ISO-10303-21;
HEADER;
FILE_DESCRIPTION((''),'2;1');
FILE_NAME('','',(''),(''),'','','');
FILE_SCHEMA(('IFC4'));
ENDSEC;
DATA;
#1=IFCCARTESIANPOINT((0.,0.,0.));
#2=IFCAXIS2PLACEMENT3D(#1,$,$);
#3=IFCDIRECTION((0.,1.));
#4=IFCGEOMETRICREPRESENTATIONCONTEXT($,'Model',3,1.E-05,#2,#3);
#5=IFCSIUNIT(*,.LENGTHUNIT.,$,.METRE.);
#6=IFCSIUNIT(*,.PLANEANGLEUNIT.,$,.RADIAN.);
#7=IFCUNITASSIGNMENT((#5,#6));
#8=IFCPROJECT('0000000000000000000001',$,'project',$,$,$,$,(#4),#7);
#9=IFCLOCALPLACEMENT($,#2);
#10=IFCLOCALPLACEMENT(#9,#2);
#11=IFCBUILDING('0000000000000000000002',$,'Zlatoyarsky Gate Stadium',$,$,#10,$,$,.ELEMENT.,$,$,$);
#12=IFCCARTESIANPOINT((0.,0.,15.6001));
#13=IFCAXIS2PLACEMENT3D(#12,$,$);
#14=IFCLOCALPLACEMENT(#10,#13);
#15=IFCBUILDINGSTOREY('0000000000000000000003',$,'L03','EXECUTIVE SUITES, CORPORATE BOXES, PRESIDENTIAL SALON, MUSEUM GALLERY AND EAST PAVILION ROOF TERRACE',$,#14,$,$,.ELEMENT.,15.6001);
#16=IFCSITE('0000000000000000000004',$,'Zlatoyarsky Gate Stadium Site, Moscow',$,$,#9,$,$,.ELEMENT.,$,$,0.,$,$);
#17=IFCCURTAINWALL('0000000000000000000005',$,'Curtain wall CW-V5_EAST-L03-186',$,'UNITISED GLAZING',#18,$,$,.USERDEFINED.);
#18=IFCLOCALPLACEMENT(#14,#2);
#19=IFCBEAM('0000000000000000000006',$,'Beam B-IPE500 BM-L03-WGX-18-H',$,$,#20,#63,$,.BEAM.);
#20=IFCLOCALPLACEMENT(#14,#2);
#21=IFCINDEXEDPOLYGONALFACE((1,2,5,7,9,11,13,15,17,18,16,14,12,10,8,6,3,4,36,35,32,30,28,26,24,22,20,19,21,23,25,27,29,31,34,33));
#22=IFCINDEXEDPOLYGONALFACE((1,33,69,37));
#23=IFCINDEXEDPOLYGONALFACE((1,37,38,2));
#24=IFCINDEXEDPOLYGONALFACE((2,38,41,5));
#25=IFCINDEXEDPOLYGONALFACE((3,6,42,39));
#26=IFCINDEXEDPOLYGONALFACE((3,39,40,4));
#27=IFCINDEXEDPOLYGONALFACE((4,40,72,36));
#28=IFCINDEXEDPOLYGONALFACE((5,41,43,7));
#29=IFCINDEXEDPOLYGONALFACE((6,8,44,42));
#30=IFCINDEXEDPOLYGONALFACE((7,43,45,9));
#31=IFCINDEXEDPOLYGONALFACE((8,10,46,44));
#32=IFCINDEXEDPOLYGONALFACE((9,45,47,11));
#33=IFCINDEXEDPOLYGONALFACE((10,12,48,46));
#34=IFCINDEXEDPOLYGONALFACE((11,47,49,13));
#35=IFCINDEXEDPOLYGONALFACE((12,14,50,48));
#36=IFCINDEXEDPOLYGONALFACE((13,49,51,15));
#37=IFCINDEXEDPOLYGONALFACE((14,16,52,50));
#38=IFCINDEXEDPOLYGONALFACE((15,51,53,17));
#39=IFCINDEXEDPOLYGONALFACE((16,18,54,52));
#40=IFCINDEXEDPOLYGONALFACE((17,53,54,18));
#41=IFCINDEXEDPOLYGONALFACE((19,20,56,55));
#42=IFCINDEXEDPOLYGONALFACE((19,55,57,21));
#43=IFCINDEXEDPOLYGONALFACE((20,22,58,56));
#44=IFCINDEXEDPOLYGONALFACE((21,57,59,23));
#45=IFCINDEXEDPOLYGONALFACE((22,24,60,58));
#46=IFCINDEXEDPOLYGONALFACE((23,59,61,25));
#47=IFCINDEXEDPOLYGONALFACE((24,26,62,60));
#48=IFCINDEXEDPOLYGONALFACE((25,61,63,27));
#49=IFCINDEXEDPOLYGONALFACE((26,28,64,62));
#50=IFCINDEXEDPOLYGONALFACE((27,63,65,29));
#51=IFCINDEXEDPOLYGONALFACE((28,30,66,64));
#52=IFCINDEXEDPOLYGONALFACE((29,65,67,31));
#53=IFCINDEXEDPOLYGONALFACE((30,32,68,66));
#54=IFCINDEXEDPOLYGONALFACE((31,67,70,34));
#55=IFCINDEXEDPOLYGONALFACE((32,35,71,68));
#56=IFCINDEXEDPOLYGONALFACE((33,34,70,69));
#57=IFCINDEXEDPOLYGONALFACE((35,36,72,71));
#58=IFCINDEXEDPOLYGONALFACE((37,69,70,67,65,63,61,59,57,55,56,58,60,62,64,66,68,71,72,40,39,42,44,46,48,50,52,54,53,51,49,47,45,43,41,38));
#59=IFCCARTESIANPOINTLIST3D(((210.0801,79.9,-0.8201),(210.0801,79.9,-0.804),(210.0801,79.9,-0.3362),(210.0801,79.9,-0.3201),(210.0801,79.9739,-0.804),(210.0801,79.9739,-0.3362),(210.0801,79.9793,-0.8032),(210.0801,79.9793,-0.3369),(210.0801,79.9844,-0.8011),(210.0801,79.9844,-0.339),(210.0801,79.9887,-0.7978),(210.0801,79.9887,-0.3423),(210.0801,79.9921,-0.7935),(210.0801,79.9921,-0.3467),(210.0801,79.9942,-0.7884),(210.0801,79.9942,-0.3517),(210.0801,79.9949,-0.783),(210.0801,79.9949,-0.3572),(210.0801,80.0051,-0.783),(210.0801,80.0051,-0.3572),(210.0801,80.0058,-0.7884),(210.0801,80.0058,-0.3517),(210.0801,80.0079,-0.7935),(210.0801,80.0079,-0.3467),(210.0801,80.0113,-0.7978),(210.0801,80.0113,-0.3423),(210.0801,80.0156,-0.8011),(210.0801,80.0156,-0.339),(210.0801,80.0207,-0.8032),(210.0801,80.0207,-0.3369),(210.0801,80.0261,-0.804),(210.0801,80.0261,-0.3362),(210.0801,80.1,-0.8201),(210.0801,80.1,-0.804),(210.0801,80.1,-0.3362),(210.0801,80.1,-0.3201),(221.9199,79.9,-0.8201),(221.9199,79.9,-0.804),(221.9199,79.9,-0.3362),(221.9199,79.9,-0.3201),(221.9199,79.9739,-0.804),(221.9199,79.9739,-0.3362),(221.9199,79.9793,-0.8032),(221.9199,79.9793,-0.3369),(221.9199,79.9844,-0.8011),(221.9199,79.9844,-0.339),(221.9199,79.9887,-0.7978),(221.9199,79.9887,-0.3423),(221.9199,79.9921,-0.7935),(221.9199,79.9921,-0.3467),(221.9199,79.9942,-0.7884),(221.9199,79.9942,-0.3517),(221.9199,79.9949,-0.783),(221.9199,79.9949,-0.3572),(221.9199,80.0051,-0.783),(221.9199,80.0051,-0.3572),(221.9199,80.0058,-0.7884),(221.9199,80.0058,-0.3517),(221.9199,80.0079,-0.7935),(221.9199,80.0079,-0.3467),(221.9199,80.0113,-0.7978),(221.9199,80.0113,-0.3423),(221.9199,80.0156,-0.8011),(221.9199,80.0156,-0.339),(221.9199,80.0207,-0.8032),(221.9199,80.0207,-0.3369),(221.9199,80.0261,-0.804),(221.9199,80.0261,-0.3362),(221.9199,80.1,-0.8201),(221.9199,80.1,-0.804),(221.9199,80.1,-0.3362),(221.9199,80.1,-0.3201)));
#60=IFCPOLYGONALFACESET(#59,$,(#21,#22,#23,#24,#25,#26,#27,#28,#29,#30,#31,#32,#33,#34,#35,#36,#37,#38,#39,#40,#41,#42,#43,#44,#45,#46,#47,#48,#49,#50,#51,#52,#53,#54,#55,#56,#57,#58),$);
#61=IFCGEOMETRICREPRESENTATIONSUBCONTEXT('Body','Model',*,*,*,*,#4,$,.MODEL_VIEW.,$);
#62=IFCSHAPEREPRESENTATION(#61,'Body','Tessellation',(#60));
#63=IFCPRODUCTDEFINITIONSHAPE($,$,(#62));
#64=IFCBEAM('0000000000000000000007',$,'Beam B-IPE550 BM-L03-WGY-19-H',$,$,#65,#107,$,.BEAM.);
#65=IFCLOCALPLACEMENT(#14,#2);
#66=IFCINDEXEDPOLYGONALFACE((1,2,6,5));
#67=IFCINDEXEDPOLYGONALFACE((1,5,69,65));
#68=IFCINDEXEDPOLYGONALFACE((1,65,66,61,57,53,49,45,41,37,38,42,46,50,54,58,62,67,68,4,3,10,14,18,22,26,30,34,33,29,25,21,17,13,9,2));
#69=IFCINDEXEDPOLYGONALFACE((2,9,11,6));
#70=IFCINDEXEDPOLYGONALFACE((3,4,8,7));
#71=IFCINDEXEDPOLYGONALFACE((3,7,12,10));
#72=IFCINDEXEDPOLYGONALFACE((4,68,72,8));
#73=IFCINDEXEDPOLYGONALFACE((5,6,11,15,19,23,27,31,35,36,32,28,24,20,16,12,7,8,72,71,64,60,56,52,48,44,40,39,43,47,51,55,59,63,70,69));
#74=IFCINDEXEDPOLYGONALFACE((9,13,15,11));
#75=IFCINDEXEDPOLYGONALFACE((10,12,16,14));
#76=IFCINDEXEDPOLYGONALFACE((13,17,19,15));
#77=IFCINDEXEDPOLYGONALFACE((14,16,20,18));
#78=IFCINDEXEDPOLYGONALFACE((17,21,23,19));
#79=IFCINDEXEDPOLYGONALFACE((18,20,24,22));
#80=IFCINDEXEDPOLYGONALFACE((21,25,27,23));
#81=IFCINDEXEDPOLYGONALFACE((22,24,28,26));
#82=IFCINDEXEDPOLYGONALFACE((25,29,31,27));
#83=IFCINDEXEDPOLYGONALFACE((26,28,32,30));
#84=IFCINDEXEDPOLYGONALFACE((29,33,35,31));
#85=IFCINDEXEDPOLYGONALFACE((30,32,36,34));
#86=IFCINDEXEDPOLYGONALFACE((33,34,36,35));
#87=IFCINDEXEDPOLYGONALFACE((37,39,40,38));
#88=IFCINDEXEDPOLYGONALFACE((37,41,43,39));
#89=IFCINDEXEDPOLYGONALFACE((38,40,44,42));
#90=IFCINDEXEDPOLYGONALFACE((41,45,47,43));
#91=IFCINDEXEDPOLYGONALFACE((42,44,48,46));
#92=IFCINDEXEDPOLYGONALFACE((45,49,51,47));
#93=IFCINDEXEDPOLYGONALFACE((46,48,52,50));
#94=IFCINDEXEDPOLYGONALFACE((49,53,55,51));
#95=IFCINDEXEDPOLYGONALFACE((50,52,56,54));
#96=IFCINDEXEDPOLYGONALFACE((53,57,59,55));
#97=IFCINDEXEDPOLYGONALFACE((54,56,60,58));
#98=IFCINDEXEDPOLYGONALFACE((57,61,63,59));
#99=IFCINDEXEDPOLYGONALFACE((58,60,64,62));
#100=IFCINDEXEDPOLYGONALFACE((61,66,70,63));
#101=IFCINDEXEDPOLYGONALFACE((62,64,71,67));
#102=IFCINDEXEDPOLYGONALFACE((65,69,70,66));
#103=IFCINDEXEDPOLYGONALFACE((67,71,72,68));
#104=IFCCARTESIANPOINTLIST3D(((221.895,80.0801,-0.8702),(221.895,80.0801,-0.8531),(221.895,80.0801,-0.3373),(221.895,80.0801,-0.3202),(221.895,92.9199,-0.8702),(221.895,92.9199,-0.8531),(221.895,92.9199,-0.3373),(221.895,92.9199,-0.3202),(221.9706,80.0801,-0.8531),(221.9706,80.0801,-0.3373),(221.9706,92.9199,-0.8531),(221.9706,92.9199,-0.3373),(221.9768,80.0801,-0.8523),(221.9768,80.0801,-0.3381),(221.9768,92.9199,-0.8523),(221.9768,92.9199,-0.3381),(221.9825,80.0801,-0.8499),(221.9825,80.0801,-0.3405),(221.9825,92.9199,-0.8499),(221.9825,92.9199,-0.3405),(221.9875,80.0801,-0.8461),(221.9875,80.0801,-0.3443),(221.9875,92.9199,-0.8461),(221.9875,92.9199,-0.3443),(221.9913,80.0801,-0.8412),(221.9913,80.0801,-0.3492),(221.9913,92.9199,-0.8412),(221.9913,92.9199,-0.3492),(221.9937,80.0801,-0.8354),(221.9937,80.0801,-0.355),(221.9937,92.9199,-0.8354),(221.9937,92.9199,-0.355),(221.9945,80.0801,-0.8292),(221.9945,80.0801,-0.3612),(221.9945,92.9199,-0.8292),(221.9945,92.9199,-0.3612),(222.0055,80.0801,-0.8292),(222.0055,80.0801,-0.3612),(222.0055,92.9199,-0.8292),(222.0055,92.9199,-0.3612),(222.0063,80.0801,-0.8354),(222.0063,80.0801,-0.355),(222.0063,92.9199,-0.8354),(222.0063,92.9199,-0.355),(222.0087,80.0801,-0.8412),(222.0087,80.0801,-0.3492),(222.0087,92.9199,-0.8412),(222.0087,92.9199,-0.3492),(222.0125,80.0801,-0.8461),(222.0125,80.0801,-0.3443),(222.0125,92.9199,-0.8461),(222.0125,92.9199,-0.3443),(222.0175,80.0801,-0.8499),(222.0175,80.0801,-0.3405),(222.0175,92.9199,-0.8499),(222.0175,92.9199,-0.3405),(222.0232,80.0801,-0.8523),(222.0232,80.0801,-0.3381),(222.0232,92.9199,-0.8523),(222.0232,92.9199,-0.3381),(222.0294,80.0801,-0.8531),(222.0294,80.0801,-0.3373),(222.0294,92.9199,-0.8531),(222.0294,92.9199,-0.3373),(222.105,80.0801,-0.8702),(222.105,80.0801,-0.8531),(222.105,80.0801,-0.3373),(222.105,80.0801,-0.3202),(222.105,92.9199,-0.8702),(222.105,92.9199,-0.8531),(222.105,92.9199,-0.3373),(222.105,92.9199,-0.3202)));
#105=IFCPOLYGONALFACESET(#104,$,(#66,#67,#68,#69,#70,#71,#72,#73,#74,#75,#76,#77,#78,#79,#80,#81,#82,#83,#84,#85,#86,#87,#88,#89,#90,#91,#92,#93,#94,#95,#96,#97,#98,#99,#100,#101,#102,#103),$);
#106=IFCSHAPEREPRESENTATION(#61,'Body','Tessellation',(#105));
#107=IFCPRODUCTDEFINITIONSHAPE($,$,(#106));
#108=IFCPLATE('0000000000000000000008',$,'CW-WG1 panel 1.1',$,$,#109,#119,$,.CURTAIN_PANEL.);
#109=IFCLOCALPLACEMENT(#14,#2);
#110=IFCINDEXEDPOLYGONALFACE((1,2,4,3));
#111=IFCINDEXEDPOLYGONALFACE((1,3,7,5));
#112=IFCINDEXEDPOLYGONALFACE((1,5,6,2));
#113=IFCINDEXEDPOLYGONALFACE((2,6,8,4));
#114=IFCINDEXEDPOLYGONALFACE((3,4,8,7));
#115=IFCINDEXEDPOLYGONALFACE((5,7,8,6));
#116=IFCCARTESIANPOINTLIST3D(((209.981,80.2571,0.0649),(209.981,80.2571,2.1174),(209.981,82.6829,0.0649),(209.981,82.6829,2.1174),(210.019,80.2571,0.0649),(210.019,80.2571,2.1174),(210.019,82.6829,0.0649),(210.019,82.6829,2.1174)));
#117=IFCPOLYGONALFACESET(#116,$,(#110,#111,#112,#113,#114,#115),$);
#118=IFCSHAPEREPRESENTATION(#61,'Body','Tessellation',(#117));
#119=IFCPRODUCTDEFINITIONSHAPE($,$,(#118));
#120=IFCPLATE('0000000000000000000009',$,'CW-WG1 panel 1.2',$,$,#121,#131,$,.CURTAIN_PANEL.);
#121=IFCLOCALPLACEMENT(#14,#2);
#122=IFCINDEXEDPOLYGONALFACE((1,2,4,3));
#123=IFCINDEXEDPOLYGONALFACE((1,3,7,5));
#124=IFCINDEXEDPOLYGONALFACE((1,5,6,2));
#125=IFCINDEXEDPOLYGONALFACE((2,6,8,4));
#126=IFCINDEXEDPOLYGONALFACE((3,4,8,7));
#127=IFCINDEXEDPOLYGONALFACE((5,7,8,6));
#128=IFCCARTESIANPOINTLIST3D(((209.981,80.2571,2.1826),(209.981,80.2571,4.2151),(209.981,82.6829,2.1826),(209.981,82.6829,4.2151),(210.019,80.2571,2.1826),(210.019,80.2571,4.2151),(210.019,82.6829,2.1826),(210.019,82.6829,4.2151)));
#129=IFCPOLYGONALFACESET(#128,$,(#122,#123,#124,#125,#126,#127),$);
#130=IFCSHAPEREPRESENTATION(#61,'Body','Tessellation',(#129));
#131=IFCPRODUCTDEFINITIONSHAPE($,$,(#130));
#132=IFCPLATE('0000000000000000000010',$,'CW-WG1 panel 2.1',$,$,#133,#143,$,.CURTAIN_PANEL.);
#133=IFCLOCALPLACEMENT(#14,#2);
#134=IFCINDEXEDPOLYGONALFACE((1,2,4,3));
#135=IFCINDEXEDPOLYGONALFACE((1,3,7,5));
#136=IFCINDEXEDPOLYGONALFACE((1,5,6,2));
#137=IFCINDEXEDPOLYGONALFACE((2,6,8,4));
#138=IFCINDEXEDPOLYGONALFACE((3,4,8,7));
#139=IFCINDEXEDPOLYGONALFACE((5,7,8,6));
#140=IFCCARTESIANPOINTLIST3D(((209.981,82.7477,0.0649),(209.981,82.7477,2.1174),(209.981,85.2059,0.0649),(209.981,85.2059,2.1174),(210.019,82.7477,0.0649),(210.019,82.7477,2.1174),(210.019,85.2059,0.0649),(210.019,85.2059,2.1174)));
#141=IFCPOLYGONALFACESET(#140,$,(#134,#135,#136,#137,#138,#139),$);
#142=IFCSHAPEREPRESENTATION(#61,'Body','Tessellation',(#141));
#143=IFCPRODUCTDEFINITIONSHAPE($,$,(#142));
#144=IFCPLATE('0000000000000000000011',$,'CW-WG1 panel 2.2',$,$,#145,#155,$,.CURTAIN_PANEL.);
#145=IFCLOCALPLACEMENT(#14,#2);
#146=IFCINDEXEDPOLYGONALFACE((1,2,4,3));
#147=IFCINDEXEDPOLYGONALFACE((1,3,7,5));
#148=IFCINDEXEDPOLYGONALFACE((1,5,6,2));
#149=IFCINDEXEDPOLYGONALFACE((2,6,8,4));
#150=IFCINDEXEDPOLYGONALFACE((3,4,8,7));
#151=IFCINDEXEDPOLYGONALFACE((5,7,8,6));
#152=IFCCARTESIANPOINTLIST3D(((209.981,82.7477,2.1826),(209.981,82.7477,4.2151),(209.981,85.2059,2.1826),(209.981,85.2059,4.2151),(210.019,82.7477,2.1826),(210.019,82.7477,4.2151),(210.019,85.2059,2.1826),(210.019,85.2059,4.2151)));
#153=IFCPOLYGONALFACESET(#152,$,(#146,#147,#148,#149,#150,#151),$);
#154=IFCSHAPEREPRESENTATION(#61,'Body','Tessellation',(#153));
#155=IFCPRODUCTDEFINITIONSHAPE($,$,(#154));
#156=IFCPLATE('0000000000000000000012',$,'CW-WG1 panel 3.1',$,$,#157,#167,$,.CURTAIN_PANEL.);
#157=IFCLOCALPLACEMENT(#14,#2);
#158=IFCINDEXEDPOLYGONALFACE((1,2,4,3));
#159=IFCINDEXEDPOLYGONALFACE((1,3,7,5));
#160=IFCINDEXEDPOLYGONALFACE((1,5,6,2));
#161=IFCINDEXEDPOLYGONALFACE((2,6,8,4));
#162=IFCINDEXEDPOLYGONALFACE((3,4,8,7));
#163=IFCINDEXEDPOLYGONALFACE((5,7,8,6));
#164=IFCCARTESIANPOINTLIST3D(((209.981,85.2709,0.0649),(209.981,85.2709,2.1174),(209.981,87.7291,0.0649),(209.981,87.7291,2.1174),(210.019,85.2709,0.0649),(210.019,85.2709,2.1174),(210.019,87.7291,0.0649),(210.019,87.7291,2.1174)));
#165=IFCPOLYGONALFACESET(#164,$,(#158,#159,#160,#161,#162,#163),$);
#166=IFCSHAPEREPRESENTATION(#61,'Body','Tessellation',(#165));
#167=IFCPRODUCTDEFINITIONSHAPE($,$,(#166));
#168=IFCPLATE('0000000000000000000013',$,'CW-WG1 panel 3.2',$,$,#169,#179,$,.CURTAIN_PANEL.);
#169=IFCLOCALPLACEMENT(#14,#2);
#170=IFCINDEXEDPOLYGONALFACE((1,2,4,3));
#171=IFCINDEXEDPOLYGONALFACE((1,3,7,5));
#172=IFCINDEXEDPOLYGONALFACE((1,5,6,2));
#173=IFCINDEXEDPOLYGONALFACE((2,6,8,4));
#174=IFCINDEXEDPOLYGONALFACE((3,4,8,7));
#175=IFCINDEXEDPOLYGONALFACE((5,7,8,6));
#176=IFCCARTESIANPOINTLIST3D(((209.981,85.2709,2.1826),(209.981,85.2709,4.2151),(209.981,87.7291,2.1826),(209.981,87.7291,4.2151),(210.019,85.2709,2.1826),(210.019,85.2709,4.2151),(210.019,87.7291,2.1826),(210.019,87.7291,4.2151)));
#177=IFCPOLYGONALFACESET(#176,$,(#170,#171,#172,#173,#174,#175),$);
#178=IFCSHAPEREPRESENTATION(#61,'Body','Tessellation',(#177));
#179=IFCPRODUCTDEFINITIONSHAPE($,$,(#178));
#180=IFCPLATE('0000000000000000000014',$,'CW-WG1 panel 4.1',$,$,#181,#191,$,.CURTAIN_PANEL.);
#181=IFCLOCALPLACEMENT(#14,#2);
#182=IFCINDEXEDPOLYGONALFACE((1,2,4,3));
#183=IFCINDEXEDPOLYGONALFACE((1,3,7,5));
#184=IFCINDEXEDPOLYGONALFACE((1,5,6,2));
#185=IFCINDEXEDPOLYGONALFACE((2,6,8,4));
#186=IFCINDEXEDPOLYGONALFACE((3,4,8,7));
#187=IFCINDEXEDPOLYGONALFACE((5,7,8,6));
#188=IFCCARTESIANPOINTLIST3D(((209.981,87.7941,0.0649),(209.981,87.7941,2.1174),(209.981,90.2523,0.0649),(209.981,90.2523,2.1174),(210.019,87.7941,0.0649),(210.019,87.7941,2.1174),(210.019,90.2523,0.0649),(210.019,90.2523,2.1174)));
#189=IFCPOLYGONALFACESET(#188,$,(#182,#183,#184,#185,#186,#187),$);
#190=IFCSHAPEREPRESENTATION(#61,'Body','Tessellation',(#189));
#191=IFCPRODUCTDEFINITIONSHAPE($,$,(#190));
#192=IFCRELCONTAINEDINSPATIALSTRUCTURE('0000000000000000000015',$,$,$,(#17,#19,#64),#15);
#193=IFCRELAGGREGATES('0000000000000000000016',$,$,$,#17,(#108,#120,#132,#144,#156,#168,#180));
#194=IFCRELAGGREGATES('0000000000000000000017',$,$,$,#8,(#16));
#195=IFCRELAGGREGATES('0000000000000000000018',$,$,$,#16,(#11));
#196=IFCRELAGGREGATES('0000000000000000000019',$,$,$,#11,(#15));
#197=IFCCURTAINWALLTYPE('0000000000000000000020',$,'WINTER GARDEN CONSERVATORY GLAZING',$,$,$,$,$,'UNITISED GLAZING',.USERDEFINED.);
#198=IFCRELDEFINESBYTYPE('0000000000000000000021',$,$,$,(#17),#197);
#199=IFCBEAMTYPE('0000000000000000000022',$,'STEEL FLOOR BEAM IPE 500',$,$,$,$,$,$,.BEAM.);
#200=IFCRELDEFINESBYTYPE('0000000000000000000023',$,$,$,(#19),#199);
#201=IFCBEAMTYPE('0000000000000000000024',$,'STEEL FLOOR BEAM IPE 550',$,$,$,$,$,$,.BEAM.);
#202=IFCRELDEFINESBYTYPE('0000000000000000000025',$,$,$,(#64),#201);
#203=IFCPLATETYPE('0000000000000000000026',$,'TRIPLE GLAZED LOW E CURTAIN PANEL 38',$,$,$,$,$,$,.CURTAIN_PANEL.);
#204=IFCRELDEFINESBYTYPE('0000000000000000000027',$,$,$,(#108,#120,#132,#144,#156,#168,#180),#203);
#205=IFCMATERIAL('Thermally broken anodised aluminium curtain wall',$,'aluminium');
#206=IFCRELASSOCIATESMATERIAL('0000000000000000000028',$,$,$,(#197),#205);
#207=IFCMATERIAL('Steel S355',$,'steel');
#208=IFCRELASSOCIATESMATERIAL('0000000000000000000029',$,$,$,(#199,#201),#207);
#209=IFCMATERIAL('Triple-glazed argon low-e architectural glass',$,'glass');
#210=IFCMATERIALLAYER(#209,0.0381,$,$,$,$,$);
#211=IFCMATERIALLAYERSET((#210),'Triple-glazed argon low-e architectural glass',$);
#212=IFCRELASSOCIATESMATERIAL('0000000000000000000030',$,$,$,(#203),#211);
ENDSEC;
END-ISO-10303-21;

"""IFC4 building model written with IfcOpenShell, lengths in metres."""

from ifc_helpers import new_model, si_unit, direction, frame, origin, origin_2d, place, context, subcontext, project, spatial, rectangle, i_section, extrude, material, layer, layer_set, material_profile, profile_set, type_object, element, aggregate, save


model = new_model("IFC4")

# Units and contexts
model_context = context("Model", 3, precision=1e-05, world=origin(), true_north=direction((0.0, 1.0)))
body_context = subcontext(model_context, "Body", "Model", "MODEL_VIEW")
ifc_project = project(units=[si_unit("LENGTHUNIT", "METRE"), si_unit("PLANEANGLEUNIT", "RADIAN")], contexts=[model_context])

# Site, building, storey
site_placement = place(None, origin())
site = spatial("IfcSite", under=ifc_project, at=site_placement, Name="Zlatoyarsky Gate Stadium Site, Moscow", CompositionType="ELEMENT", RefElevation=0.0)
building_placement = place(site_placement, origin())
building = spatial("IfcBuilding", under=site, at=building_placement, Name="Zlatoyarsky Gate Stadium", CompositionType="ELEMENT")
storey_placement = place(building_placement, frame((0.0, 0.0, 15.6001)))
storey = spatial("IfcBuildingStorey", under=building, at=storey_placement, Name="L03", Description="EXECUTIVE SUITES, CORPORATE BOXES, PRESIDENTIAL SALON, MUSEUM GALLERY AND EAST PAVILION ROOF TERRACE", CompositionType="ELEMENT", Elevation=15.6001)

# Curtain wall
ifc_material_1 = material(Name="Thermally broken anodised aluminium curtain wall", Category="aluminium")
curtain_wall_type = type_object("IfcCurtainWallType", Name="WINTER GARDEN CONSERVATORY GLAZING", ElementType="UNITISED GLAZING", PredefinedType="USERDEFINED", material=ifc_material_1)
curtain_wall_placement = place(storey_placement, origin())
curtain_wall = element("IfcCurtainWall", 1, at=curtain_wall_placement, inside=storey, type_object=curtain_wall_type, Name="Curtain wall CW-V5_EAST-L03-186", ObjectType="UNITISED GLAZING", PredefinedType="USERDEFINED")

# Beams
ifc_material_2 = material(Name="Steel S355", Category="steel")
ifc_material_profile_1 = material_profile(ifc_material_2, i_section(OverallWidth=0.2, OverallDepth=0.5, WebThickness=0.0103, FlangeThickness=0.0161, FilletRadius=0.021, at=origin_2d()), Name="IPE 500")
ifc_profile_set_1 = profile_set([ifc_material_profile_1], Name="Steel S355")
beam_type_1 = type_object("IfcBeamType", Name="STEEL FLOOR BEAM IPE 500", PredefinedType="BEAM", material=ifc_profile_set_1)
beam_1_placement = place(storey_placement, frame((210.0801, 80.0, -0.5701), z_axis=(1.0, 0.0, 0.0), x_axis=(0.0, 1.0, 0.0)))
element("IfcBeam", 2, at=beam_1_placement, inside=storey, type_object=beam_type_1, Name="Beam B-IPE500 BM-L03-WGX-18-H", PredefinedType="BEAM", context=body_context, shape_type="SweptSolid", body=[
    extrude(i_section(OverallWidth=0.2, OverallDepth=0.5, WebThickness=0.0103, FlangeThickness=0.0161, FilletRadius=0.021, at=origin_2d()), origin(), (0.0, 0.0, 1.0), 11.8398),
])
ifc_material_profile_2 = material_profile(ifc_material_2, i_section(OverallWidth=0.21, OverallDepth=0.55, WebThickness=0.011, FlangeThickness=0.0171, FilletRadius=0.0239, at=origin_2d()), Name="IPE 550")
ifc_profile_set_2 = profile_set([ifc_material_profile_2], Name="Steel S355")
beam_type_2 = type_object("IfcBeamType", Name="STEEL FLOOR BEAM IPE 550", PredefinedType="BEAM", material=ifc_profile_set_2)
beam_2_placement = place(storey_placement, frame((222.0, 80.0801, -0.5952), z_axis=(0.0, 1.0, 0.0), x_axis=(-1.0, 0.0, 0.0)))
element("IfcBeam", 3, at=beam_2_placement, inside=storey, type_object=beam_type_2, Name="Beam B-IPE550 BM-L03-WGY-19-H", PredefinedType="BEAM", context=body_context, shape_type="SweptSolid", body=[
    extrude(i_section(OverallWidth=0.21, OverallDepth=0.55, WebThickness=0.011, FlangeThickness=0.0171, FilletRadius=0.0239, at=origin_2d()), origin(), (0.0, 0.0, 1.0), 12.8398),
])

# Plates
ifc_material_3 = material(Name="Triple-glazed argon low-e architectural glass", Category="glass")
ifc_layer = layer(ifc_material_3, 0.0381)
ifc_layer_set = layer_set([ifc_layer], Name="Triple-glazed argon low-e architectural glass")
plate_type = type_object("IfcPlateType", Name="TRIPLE GLAZED LOW E CURTAIN PANEL 38", PredefinedType="CURTAIN_PANEL", material=ifc_layer_set)
plate_1_placement = place(storey_placement, frame((210.0, 81.47, 0.0649), z_axis=(0.0, 0.0, 1.0), x_axis=(0.0, 1.0, 0.0)))
plate_1 = element("IfcPlate", 4, at=plate_1_placement, type_object=plate_type, Name="CW-WG1 panel 1.1", PredefinedType="CURTAIN_PANEL", context=body_context, shape_type="SweptSolid", body=[
    extrude(rectangle(XDim=2.4258, YDim=0.0381, at=origin_2d()), origin(), (0.0, 0.0, 1.0), 2.0525),
])
plate_2_placement = place(storey_placement, frame((210.0, 81.47, 2.1826), z_axis=(0.0, 0.0, 1.0), x_axis=(0.0, 1.0, 0.0)))
plate_2 = element("IfcPlate", 5, at=plate_2_placement, type_object=plate_type, Name="CW-WG1 panel 1.2", PredefinedType="CURTAIN_PANEL", context=body_context, shape_type="SweptSolid", body=[
    extrude(rectangle(XDim=2.4258, YDim=0.0381, at=origin_2d()), origin(), (0.0, 0.0, 1.0), 2.0325),
])
plate_3_placement = place(storey_placement, frame((210.0, 83.9768, 0.0649), z_axis=(0.0, 0.0, 1.0), x_axis=(0.0, 1.0, 0.0)))
plate_3 = element("IfcPlate", 6, at=plate_3_placement, type_object=plate_type, Name="CW-WG1 panel 2.1", PredefinedType="CURTAIN_PANEL", context=body_context, shape_type="SweptSolid", body=[
    extrude(rectangle(XDim=2.4583, YDim=0.0381, at=origin_2d()), origin(), (0.0, 0.0, 1.0), 2.0525),
])
plate_4_placement = place(storey_placement, frame((210.0, 83.9768, 2.1826), z_axis=(0.0, 0.0, 1.0), x_axis=(0.0, 1.0, 0.0)))
plate_4 = element("IfcPlate", 7, at=plate_4_placement, type_object=plate_type, Name="CW-WG1 panel 2.2", PredefinedType="CURTAIN_PANEL", context=body_context, shape_type="SweptSolid", body=[
    extrude(rectangle(XDim=2.4583, YDim=0.0381, at=origin_2d()), origin(), (0.0, 0.0, 1.0), 2.0325),
])
plate_5_placement = place(storey_placement, frame((210.0, 86.5, 0.0649), z_axis=(0.0, 0.0, 1.0), x_axis=(0.0, 1.0, 0.0)))
plate_5 = element("IfcPlate", 8, at=plate_5_placement, type_object=plate_type, Name="CW-WG1 panel 3.1", PredefinedType="CURTAIN_PANEL", context=body_context, shape_type="SweptSolid", body=[
    extrude(rectangle(XDim=2.4583, YDim=0.0381, at=origin_2d()), origin(), (0.0, 0.0, 1.0), 2.0525),
])
plate_6_placement = place(storey_placement, frame((210.0, 86.5, 2.1826), z_axis=(0.0, 0.0, 1.0), x_axis=(0.0, 1.0, 0.0)))
plate_6 = element("IfcPlate", 9, at=plate_6_placement, type_object=plate_type, Name="CW-WG1 panel 3.2", PredefinedType="CURTAIN_PANEL", context=body_context, shape_type="SweptSolid", body=[
    extrude(rectangle(XDim=2.4583, YDim=0.0381, at=origin_2d()), origin(), (0.0, 0.0, 1.0), 2.0325),
])
plate_7_placement = place(storey_placement, frame((210.0, 89.0232, 0.0649), z_axis=(0.0, 0.0, 1.0), x_axis=(0.0, 1.0, 0.0)))
plate_7 = element("IfcPlate", 10, at=plate_7_placement, type_object=plate_type, Name="CW-WG1 panel 4.1", PredefinedType="CURTAIN_PANEL", context=body_context, shape_type="SweptSolid", body=[
    extrude(rectangle(XDim=2.4583, YDim=0.0381, at=origin_2d()), origin(), (0.0, 0.0, 1.0), 2.0525),
])
aggregate(curtain_wall, [plate_1, plate_2, plate_3, plate_4, plate_5, plate_6, plate_7])

save(model, "model.ifc")
